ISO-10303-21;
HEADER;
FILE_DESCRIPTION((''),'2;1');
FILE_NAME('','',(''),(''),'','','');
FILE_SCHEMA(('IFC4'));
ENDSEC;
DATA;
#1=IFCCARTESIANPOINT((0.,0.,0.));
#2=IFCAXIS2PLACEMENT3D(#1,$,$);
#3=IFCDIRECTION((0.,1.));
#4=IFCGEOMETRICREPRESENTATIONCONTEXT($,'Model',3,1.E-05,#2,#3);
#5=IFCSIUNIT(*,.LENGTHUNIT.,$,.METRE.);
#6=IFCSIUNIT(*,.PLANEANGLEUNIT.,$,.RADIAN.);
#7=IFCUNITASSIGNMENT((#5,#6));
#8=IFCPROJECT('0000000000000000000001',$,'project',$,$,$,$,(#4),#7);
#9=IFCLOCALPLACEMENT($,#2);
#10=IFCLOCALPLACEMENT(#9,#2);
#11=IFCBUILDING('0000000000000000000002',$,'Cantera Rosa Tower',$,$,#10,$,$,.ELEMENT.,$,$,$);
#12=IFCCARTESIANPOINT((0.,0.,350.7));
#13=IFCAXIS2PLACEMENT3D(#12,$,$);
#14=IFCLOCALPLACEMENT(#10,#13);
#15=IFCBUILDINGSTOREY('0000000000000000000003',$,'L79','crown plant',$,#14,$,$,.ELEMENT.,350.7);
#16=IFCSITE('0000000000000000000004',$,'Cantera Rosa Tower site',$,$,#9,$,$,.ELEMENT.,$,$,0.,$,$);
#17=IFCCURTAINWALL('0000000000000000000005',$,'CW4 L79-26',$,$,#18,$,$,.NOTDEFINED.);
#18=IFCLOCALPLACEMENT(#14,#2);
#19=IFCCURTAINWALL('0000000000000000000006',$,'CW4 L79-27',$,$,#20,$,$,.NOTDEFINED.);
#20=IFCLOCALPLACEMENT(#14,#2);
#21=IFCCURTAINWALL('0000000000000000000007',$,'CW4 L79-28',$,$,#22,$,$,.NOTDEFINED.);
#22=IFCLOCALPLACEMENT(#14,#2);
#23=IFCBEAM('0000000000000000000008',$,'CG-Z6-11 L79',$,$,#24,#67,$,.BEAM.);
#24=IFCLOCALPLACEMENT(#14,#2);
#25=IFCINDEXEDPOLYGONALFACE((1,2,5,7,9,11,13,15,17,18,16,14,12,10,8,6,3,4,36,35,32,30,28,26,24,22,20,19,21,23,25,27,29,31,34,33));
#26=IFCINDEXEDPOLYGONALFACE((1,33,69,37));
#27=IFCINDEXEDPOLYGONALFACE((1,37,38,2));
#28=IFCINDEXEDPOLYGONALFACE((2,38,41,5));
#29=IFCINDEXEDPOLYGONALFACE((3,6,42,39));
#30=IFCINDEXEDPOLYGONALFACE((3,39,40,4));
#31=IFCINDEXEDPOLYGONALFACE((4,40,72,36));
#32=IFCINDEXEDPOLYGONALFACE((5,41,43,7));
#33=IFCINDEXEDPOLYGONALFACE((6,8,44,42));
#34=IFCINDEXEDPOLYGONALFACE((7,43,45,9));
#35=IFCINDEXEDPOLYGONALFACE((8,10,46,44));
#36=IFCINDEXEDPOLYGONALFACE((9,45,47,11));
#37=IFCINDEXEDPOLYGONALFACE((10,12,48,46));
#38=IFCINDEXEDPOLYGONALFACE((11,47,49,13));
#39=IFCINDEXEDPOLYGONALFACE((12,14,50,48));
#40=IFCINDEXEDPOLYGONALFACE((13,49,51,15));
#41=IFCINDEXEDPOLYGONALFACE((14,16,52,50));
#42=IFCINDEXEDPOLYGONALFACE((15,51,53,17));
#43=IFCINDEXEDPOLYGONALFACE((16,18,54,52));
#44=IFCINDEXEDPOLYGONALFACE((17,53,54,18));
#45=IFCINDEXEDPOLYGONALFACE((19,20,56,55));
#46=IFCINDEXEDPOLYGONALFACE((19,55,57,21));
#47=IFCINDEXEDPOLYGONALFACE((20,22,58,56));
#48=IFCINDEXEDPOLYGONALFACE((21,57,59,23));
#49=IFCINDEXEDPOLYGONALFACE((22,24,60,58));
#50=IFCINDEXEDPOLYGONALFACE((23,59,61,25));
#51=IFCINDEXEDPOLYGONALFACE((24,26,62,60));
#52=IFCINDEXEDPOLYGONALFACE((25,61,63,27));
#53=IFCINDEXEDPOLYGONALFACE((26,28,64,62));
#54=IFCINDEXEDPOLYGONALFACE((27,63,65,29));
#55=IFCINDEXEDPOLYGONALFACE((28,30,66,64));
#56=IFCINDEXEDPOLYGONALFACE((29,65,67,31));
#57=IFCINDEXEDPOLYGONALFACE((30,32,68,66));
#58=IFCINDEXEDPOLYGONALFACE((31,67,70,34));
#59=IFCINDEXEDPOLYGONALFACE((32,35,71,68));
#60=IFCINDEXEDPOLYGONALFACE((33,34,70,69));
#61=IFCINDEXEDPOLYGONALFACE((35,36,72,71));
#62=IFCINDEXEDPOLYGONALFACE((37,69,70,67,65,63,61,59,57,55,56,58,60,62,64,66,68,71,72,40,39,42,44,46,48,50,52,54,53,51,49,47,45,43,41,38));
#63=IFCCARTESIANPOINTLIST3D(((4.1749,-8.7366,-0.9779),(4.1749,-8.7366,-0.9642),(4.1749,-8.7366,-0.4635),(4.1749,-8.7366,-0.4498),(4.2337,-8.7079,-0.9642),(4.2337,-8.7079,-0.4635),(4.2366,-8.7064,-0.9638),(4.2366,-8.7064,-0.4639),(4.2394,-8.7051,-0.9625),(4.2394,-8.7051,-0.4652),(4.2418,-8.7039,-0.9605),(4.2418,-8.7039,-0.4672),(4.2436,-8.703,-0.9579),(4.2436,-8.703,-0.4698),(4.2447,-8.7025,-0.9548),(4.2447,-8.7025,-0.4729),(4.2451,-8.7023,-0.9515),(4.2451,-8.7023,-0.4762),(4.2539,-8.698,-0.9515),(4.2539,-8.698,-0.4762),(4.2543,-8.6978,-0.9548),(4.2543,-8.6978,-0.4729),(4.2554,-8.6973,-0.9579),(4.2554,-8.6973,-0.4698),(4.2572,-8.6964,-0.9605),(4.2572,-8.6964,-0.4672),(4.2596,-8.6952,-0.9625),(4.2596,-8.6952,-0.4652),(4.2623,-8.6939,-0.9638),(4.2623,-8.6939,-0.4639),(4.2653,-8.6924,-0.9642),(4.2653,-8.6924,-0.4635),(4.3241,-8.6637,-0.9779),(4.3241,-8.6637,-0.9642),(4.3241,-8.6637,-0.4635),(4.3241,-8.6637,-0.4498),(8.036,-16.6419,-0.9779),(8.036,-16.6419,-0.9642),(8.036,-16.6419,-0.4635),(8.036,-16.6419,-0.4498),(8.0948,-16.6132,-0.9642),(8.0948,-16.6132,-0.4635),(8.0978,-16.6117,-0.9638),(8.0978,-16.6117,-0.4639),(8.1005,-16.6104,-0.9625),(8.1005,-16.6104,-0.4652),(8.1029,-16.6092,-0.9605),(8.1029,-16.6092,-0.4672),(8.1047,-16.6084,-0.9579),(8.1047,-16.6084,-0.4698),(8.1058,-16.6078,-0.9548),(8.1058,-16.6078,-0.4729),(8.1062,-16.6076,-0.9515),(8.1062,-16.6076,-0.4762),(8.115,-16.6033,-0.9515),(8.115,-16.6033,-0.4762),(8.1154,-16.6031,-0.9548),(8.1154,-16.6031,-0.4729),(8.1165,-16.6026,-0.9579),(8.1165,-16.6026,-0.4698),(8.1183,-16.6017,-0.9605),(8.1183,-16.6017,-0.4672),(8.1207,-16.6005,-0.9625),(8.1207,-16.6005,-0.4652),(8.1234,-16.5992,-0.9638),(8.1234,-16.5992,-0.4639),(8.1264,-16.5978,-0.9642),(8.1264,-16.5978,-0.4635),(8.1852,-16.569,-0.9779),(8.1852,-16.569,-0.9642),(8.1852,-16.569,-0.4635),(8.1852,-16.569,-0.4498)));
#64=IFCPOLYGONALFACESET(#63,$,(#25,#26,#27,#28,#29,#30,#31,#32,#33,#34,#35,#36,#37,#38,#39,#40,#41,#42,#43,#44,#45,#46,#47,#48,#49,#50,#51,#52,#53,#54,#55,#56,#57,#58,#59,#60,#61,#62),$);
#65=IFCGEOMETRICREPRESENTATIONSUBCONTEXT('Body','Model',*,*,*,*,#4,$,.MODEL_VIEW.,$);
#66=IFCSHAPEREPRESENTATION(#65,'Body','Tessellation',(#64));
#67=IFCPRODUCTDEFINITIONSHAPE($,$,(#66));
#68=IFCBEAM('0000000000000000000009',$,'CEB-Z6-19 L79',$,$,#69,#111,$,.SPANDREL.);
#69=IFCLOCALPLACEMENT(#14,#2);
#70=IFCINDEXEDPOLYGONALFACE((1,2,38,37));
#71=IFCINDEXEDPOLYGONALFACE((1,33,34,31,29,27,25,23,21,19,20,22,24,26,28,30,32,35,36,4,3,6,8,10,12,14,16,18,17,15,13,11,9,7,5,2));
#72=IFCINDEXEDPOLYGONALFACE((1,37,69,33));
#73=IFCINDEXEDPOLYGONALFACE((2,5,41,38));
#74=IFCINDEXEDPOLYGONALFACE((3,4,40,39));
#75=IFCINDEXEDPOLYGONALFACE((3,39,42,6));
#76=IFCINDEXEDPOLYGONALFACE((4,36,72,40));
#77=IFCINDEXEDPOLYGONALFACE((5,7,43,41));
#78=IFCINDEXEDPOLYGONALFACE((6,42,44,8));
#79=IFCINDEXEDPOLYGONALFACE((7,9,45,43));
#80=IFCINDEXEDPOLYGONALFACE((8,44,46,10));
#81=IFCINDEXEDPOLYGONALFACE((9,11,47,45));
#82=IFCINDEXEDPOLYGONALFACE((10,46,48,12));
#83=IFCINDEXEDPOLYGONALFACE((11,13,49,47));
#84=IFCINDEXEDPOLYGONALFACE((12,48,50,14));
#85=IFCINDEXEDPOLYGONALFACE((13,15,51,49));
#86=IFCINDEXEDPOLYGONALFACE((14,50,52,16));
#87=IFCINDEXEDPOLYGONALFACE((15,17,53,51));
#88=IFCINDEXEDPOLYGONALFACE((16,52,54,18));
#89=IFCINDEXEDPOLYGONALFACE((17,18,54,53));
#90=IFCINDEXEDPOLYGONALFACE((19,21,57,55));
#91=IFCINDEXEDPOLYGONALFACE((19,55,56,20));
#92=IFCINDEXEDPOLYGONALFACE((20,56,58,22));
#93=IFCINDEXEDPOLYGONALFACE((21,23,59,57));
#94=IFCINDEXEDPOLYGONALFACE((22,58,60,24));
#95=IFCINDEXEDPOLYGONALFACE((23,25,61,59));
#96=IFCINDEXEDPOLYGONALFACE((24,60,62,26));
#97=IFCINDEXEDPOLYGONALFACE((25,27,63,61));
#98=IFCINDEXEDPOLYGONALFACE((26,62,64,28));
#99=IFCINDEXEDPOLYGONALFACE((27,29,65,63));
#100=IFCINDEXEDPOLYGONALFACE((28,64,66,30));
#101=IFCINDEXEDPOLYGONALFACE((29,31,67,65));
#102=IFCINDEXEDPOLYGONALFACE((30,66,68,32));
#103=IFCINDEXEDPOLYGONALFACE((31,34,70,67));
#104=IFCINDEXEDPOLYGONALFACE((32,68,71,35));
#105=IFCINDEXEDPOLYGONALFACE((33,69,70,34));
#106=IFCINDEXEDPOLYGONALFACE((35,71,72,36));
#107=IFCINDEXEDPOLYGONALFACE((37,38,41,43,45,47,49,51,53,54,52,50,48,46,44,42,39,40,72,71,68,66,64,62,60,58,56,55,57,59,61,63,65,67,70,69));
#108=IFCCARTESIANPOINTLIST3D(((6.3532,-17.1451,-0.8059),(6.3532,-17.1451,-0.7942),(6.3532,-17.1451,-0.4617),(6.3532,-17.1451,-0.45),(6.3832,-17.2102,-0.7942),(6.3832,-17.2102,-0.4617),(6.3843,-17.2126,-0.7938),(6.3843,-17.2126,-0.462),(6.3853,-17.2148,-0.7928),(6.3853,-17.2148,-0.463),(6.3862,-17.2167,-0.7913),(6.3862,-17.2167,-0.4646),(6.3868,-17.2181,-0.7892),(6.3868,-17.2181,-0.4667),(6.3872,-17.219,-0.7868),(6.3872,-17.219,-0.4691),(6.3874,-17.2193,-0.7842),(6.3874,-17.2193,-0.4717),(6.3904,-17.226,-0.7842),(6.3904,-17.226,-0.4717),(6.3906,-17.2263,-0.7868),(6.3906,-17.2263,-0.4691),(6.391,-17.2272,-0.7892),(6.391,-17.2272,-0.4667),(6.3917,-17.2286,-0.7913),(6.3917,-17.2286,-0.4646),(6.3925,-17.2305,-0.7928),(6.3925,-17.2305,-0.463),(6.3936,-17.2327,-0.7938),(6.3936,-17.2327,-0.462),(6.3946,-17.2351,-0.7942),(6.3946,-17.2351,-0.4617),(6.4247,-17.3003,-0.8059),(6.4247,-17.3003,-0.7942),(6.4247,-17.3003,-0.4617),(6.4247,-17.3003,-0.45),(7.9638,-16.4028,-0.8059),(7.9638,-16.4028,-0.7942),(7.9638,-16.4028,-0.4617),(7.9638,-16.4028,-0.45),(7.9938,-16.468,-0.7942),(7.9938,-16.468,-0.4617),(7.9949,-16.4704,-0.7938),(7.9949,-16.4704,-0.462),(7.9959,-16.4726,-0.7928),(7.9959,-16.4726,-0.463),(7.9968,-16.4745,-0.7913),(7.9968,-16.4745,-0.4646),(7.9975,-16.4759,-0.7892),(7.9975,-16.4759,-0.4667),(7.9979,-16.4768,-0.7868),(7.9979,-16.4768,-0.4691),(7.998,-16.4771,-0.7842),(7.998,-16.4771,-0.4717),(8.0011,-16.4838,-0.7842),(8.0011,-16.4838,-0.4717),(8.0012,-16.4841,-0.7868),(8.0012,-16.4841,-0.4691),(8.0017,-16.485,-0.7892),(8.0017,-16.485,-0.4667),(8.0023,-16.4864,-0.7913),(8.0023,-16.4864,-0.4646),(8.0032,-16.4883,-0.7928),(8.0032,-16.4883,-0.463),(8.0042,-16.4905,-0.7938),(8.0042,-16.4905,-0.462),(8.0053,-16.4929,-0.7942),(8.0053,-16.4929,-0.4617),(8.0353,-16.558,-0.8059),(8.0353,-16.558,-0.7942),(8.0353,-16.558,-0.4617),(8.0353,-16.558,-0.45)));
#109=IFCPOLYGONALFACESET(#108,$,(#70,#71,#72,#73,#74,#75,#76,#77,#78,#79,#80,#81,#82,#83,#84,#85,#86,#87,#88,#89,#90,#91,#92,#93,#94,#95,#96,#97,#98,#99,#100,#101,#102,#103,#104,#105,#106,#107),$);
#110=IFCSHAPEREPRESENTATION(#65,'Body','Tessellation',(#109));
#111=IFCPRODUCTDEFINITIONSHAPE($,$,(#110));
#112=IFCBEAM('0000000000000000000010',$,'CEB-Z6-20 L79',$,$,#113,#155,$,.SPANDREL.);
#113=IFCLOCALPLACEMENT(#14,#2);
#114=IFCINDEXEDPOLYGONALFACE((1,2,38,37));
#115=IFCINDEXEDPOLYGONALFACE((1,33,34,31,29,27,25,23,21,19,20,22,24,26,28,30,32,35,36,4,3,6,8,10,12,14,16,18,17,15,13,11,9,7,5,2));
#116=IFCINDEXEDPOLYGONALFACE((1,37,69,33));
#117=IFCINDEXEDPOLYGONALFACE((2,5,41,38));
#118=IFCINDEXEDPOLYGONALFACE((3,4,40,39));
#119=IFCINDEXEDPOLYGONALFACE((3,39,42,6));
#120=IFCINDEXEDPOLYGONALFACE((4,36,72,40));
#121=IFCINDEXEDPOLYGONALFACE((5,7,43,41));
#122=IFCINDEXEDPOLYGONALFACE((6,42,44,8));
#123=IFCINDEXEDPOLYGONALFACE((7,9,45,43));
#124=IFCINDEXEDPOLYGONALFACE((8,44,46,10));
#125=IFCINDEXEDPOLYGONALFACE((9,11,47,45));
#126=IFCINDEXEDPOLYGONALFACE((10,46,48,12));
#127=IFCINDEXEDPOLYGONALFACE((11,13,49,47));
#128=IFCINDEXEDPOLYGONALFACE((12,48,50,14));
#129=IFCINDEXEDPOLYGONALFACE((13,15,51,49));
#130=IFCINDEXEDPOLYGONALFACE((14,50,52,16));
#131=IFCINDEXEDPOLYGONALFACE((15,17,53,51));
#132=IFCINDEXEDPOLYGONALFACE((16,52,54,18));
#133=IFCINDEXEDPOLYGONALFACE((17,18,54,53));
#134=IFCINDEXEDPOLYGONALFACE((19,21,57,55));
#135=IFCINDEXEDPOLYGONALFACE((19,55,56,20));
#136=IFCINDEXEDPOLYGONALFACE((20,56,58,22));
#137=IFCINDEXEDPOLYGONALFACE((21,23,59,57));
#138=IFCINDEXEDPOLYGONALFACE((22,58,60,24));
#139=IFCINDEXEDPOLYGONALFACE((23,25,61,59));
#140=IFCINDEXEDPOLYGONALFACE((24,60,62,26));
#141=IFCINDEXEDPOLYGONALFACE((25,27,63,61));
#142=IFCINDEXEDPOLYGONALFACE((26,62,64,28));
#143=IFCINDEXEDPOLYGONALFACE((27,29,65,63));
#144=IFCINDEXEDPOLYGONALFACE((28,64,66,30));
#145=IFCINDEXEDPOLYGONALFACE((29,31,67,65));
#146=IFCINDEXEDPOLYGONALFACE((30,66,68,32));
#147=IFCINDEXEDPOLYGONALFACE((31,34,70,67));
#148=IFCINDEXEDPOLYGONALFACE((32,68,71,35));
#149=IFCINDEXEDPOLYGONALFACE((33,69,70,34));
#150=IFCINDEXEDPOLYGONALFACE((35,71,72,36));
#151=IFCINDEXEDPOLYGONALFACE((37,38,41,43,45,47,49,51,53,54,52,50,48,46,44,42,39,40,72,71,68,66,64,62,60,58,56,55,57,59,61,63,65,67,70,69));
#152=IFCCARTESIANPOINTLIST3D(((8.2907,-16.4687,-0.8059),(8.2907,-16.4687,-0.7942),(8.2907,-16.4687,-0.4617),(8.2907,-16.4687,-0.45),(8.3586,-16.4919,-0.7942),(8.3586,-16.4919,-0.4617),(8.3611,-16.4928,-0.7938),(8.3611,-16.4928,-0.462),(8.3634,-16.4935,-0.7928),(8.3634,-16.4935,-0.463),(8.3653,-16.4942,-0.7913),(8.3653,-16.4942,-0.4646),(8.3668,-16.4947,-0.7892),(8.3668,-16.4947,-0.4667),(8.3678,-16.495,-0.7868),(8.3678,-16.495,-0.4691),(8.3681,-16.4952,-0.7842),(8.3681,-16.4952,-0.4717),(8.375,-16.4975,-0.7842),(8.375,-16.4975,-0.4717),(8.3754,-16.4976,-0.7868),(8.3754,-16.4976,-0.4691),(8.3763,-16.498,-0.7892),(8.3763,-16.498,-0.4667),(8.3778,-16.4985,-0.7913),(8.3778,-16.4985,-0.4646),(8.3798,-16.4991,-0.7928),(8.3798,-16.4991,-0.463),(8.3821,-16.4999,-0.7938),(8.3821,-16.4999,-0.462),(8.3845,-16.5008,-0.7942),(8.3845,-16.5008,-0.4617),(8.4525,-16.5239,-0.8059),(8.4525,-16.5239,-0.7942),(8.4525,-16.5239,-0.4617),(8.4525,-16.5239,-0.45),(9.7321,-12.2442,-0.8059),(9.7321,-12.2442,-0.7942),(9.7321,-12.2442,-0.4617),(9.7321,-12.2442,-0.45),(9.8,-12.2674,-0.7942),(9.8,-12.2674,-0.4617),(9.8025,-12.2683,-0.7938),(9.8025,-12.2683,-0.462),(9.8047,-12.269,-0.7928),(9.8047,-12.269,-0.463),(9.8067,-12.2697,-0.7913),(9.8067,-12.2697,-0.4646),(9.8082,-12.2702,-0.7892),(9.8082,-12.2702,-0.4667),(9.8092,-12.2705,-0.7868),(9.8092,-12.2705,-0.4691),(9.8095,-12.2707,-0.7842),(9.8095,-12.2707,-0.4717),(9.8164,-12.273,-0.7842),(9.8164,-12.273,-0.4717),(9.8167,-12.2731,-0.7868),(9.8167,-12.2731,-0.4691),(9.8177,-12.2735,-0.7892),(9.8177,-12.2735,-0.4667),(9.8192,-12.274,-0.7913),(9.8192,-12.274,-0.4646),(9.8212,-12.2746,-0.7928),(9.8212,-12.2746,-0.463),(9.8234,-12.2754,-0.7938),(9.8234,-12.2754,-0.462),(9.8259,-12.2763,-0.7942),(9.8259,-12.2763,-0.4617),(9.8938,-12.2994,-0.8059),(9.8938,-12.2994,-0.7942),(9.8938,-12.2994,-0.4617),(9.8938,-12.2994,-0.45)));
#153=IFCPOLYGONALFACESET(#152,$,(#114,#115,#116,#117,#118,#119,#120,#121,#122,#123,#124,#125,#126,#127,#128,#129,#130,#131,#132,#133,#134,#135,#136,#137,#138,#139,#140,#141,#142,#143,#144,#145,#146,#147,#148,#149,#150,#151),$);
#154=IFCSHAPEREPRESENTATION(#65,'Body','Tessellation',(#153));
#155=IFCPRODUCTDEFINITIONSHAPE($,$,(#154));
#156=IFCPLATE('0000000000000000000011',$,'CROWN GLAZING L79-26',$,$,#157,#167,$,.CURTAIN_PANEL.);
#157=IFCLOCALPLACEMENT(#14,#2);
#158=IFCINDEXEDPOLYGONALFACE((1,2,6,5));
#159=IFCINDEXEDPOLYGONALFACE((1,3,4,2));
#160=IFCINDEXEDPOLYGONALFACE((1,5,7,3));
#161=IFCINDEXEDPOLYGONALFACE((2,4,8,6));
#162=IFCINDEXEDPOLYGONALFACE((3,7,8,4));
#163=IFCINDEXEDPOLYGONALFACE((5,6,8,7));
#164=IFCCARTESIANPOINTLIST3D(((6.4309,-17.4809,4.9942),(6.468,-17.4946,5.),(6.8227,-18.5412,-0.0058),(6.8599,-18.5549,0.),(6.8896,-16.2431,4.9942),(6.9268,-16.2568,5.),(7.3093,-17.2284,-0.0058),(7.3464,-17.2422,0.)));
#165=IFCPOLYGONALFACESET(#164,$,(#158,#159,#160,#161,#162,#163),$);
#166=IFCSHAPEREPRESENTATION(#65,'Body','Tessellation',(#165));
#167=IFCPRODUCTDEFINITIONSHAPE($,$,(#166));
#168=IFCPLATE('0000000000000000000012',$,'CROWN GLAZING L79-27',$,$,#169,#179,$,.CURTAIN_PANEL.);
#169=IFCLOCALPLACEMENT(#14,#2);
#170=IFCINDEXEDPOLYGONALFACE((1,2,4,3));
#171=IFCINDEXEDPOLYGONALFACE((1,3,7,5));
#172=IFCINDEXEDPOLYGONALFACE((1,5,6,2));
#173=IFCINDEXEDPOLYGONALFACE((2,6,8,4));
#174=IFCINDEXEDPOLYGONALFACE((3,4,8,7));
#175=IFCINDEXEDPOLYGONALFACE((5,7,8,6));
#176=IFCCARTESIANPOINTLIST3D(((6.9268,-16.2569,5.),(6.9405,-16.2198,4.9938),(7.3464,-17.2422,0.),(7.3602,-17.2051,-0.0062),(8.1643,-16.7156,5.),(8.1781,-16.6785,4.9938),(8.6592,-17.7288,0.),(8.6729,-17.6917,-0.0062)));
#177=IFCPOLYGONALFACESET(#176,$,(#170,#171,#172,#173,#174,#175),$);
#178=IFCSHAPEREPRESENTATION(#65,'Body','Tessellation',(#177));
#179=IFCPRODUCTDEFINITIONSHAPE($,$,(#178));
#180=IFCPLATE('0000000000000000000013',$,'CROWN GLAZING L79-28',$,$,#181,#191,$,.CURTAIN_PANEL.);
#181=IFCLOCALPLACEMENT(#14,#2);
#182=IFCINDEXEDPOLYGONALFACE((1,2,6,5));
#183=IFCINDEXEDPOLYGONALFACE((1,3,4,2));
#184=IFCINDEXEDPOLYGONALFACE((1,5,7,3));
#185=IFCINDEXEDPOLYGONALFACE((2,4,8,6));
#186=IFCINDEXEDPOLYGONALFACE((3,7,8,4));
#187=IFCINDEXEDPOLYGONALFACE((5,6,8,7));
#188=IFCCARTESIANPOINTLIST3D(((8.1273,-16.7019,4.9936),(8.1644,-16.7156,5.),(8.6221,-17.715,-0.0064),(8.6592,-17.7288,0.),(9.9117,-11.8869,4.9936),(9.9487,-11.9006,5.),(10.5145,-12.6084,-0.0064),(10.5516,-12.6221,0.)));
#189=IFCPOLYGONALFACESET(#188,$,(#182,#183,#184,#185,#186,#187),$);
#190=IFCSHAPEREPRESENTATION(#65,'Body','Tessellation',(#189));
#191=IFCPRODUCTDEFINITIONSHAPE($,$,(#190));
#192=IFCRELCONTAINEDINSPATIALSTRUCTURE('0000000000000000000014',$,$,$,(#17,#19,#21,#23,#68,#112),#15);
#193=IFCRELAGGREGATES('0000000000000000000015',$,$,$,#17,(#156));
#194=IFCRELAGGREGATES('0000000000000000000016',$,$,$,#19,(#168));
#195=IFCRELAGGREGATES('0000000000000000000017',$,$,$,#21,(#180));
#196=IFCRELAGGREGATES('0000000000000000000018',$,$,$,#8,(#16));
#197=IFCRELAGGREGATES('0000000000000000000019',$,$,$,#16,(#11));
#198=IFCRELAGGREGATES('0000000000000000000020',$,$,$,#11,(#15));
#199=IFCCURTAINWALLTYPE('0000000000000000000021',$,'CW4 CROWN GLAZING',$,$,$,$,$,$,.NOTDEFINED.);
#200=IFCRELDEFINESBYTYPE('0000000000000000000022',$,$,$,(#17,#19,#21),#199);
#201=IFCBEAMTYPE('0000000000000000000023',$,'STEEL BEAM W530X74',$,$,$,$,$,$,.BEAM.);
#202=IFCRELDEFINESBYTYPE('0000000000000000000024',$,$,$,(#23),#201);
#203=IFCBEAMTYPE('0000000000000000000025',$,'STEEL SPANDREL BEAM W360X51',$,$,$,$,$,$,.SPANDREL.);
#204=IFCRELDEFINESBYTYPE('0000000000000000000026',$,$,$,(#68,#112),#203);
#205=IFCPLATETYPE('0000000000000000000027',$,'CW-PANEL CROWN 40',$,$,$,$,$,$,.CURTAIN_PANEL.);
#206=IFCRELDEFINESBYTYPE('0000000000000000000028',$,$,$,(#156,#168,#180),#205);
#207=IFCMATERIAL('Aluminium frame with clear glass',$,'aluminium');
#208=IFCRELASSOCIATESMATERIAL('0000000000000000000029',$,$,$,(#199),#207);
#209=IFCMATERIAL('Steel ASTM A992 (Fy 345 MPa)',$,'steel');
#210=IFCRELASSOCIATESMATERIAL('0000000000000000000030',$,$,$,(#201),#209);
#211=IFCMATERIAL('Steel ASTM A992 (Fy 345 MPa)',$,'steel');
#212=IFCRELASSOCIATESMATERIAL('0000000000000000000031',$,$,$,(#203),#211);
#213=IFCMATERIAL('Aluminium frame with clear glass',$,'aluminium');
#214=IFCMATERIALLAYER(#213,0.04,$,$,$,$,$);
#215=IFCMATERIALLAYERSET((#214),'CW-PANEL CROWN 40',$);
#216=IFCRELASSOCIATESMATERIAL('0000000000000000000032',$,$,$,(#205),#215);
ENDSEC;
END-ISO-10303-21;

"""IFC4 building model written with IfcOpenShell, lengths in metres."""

from ifc_helpers import new_model, si_unit, direction, frame, origin, origin_2d, place, context, subcontext, project, spatial, polyline, i_section, outline, extrude, material, layer, layer_set, material_profile, profile_set, type_object, element, aggregate, save


model = new_model("IFC4")

# Units and contexts
model_context = context("Model", 3, precision=1e-05, world=origin(), true_north=direction((0.0, 1.0)))
body_context = subcontext(model_context, "Body", "Model", "MODEL_VIEW")
ifc_project = project(units=[si_unit("LENGTHUNIT", "METRE"), si_unit("PLANEANGLEUNIT", "RADIAN")], contexts=[model_context])

# Site, building, storey
site_placement = place(None, origin())
site = spatial("IfcSite", under=ifc_project, at=site_placement, Name="Cantera Rosa Tower site", CompositionType="ELEMENT", RefElevation=0.0)
building_placement = place(site_placement, origin())
building = spatial("IfcBuilding", under=site, at=building_placement, Name="Cantera Rosa Tower", CompositionType="ELEMENT")
storey_placement = place(building_placement, frame((0.0, 0.0, 350.7)))
storey = spatial("IfcBuildingStorey", under=building, at=storey_placement, Name="L79", Description="crown plant", CompositionType="ELEMENT", Elevation=350.7)

# Curtain walls
ifc_material_1 = material(Name="Aluminium frame with clear glass", Category="aluminium")
curtain_wall_type = type_object("IfcCurtainWallType", Name="CW4 CROWN GLAZING", PredefinedType="NOTDEFINED", material=ifc_material_1)
curtain_wall_1_placement = place(storey_placement, origin())
curtain_wall_1 = element("IfcCurtainWall", 1, at=curtain_wall_1_placement, inside=storey, type_object=curtain_wall_type, Name="CW4 L79-26", PredefinedType="NOTDEFINED")
curtain_wall_2_placement = place(storey_placement, origin())
curtain_wall_2 = element("IfcCurtainWall", 2, at=curtain_wall_2_placement, inside=storey, type_object=curtain_wall_type, Name="CW4 L79-27", PredefinedType="NOTDEFINED")
curtain_wall_3_placement = place(storey_placement, origin())
curtain_wall_3 = element("IfcCurtainWall", 3, at=curtain_wall_3_placement, inside=storey, type_object=curtain_wall_type, Name="CW4 L79-28", PredefinedType="NOTDEFINED")

# Beams
ifc_material_2 = material(Name="Steel ASTM A992 (Fy 345 MPa)", Category="steel")
ifc_material_profile_1 = material_profile(ifc_material_2, i_section(OverallWidth=0.166, OverallDepth=0.5281, WebThickness=0.0098, FlangeThickness=0.0137, FilletRadius=0.0127, at=origin_2d()), Name="W530X74")
ifc_profile_set_1 = profile_set([ifc_material_profile_1], Name="Steel ASTM A992 (Fy 345 MPa)")
beam_type_1 = type_object("IfcBeamType", Name="STEEL BEAM W530X74", PredefinedType="BEAM", material=ifc_profile_set_1)
beam_1_placement = place(storey_placement, frame((8.1106, -16.6055, -0.7139), z_axis=(-0.438869, 0.898551, 0.0), x_axis=(-0.898551, -0.438869, 0.0)))
element("IfcBeam", 4, at=beam_1_placement, inside=storey, type_object=beam_type_1, Name="CG-Z6-11 L79", PredefinedType="BEAM", context=body_context, shape_type="SweptSolid", body=[
    extrude(i_section(OverallWidth=0.166, OverallDepth=0.5281, WebThickness=0.0098, FlangeThickness=0.0137, FilletRadius=0.0127, at=origin_2d()), origin(), (0.0, 0.0, 1.0), 8.7979),
])
ifc_material_3 = material(Name="Steel ASTM A992 (Fy 345 MPa)", Category="steel")
ifc_material_profile_2 = material_profile(ifc_material_3, i_section(OverallWidth=0.1709, OverallDepth=0.356, WebThickness=0.0073, FlangeThickness=0.0117, FilletRadius=0.01, at=origin_2d()), Name="W360X51")
ifc_profile_set_2 = profile_set([ifc_material_profile_2], Name="Steel ASTM A992 (Fy 345 MPa)")
beam_type_2 = type_object("IfcBeamType", Name="STEEL SPANDREL BEAM W360X51", PredefinedType="SPANDREL", material=ifc_profile_set_2)
beam_2_placement = place(storey_placement, frame((6.3889, -17.2227, -0.6279), z_axis=(0.908209, 0.418517, 0.0), x_axis=(-0.418517, 0.908209, 0.0)))
element("IfcBeam", 5, at=beam_2_placement, inside=storey, type_object=beam_type_2, Name="CEB-Z6-19 L79", PredefinedType="SPANDREL", context=body_context, shape_type="SweptSolid", body=[
    extrude(i_section(OverallWidth=0.1709, OverallDepth=0.356, WebThickness=0.0073, FlangeThickness=0.0117, FilletRadius=0.01, at=origin_2d()), origin(), (0.0, 0.0, 1.0), 1.7734),
])
beam_3_placement = place(storey_placement, frame((8.3716, -16.4963, -0.6279), z_axis=(0.322914, 0.946428, 0.0), x_axis=(-0.946428, 0.322914, 0.0)))
element("IfcBeam", 6, at=beam_3_placement, inside=storey, type_object=beam_type_2, Name="CEB-Z6-20 L79", PredefinedType="SPANDREL", context=body_context, shape_type="SweptSolid", body=[
    extrude(i_section(OverallWidth=0.1709, OverallDepth=0.356, WebThickness=0.0073, FlangeThickness=0.0117, FilletRadius=0.01, at=origin_2d()), origin(), (0.0, 0.0, 1.0), 4.4636),
])

# Plates
ifc_material_4 = material(Name="Aluminium frame with clear glass", Category="aluminium")
ifc_layer_1 = layer(ifc_material_4, 0.04)
ifc_layer_set_1 = layer_set([ifc_layer_1], Name="CW-PANEL CROWN 40")
plate_type = type_object("IfcPlateType", Name="CW-PANEL CROWN 40", PredefinedType="CURTAIN_PANEL", material=ifc_layer_set_1)
plate_1_placement = place(storey_placement, frame((6.8599, -18.5549, 0.0), z_axis=(0.927674, -0.343826, 0.145618), x_axis=(0.347531, 0.937668, -0.000003)))
plate_1 = element("IfcPlate", 7, at=plate_1_placement, type_object=plate_type, Name="CROWN GLAZING L79-26", PredefinedType="CURTAIN_PANEL", context=body_context, shape_type="SweptSolid", body=[
    extrude(outline(polyline([(0.0, 0.0), (1.4, 0.0), (2.1781, 5.0539), (0.858, 5.0539), (0.0, 0.0)])), origin(), (0.0, 0.0, -1.0), 0.04),
])
plate_2_placement = place(storey_placement, frame((7.3464, -17.2422, 0.0), z_axis=(-0.343427, -0.926508, 0.153758), x_axis=(0.937658, -0.34756, 0.000002)))
plate_2 = element("IfcPlate", 8, at=plate_2_placement, type_object=plate_type, Name="CROWN GLAZING L79-27", PredefinedType="CURTAIN_PANEL", context=body_context, shape_type="SweptSolid", body=[
    extrude(outline(polyline([(0.0, 0.0), (1.4, 0.0), (0.5839, 5.0602), (-0.736, 5.0602), (0.0, 0.0)])), origin(), (0.0, 0.0, -1.0), 0.04),
])
plate_3_placement = place(storey_placement, frame((8.6592, -17.7288, 0.0), z_axis=(0.925441, -0.34295, 0.16107), x_axis=(0.347487, 0.937685, 0.000003)))
plate_3 = element("IfcPlate", 9, at=plate_3_placement, type_object=plate_type, Name="CROWN GLAZING L79-28", PredefinedType="CURTAIN_PANEL", context=body_context, shape_type="SweptSolid", body=[
    extrude(outline(polyline([(0.0, 0.0), (5.446, 0.0), (5.9131, 5.0661), (0.7781, 5.0662), (0.0, 0.0)])), origin(), (0.0, 0.0, -1.0), 0.04),
])

aggregate(curtain_wall_1, [plate_1])
aggregate(curtain_wall_2, [plate_2])
aggregate(curtain_wall_3, [plate_3])

save(model, "model.ifc")
